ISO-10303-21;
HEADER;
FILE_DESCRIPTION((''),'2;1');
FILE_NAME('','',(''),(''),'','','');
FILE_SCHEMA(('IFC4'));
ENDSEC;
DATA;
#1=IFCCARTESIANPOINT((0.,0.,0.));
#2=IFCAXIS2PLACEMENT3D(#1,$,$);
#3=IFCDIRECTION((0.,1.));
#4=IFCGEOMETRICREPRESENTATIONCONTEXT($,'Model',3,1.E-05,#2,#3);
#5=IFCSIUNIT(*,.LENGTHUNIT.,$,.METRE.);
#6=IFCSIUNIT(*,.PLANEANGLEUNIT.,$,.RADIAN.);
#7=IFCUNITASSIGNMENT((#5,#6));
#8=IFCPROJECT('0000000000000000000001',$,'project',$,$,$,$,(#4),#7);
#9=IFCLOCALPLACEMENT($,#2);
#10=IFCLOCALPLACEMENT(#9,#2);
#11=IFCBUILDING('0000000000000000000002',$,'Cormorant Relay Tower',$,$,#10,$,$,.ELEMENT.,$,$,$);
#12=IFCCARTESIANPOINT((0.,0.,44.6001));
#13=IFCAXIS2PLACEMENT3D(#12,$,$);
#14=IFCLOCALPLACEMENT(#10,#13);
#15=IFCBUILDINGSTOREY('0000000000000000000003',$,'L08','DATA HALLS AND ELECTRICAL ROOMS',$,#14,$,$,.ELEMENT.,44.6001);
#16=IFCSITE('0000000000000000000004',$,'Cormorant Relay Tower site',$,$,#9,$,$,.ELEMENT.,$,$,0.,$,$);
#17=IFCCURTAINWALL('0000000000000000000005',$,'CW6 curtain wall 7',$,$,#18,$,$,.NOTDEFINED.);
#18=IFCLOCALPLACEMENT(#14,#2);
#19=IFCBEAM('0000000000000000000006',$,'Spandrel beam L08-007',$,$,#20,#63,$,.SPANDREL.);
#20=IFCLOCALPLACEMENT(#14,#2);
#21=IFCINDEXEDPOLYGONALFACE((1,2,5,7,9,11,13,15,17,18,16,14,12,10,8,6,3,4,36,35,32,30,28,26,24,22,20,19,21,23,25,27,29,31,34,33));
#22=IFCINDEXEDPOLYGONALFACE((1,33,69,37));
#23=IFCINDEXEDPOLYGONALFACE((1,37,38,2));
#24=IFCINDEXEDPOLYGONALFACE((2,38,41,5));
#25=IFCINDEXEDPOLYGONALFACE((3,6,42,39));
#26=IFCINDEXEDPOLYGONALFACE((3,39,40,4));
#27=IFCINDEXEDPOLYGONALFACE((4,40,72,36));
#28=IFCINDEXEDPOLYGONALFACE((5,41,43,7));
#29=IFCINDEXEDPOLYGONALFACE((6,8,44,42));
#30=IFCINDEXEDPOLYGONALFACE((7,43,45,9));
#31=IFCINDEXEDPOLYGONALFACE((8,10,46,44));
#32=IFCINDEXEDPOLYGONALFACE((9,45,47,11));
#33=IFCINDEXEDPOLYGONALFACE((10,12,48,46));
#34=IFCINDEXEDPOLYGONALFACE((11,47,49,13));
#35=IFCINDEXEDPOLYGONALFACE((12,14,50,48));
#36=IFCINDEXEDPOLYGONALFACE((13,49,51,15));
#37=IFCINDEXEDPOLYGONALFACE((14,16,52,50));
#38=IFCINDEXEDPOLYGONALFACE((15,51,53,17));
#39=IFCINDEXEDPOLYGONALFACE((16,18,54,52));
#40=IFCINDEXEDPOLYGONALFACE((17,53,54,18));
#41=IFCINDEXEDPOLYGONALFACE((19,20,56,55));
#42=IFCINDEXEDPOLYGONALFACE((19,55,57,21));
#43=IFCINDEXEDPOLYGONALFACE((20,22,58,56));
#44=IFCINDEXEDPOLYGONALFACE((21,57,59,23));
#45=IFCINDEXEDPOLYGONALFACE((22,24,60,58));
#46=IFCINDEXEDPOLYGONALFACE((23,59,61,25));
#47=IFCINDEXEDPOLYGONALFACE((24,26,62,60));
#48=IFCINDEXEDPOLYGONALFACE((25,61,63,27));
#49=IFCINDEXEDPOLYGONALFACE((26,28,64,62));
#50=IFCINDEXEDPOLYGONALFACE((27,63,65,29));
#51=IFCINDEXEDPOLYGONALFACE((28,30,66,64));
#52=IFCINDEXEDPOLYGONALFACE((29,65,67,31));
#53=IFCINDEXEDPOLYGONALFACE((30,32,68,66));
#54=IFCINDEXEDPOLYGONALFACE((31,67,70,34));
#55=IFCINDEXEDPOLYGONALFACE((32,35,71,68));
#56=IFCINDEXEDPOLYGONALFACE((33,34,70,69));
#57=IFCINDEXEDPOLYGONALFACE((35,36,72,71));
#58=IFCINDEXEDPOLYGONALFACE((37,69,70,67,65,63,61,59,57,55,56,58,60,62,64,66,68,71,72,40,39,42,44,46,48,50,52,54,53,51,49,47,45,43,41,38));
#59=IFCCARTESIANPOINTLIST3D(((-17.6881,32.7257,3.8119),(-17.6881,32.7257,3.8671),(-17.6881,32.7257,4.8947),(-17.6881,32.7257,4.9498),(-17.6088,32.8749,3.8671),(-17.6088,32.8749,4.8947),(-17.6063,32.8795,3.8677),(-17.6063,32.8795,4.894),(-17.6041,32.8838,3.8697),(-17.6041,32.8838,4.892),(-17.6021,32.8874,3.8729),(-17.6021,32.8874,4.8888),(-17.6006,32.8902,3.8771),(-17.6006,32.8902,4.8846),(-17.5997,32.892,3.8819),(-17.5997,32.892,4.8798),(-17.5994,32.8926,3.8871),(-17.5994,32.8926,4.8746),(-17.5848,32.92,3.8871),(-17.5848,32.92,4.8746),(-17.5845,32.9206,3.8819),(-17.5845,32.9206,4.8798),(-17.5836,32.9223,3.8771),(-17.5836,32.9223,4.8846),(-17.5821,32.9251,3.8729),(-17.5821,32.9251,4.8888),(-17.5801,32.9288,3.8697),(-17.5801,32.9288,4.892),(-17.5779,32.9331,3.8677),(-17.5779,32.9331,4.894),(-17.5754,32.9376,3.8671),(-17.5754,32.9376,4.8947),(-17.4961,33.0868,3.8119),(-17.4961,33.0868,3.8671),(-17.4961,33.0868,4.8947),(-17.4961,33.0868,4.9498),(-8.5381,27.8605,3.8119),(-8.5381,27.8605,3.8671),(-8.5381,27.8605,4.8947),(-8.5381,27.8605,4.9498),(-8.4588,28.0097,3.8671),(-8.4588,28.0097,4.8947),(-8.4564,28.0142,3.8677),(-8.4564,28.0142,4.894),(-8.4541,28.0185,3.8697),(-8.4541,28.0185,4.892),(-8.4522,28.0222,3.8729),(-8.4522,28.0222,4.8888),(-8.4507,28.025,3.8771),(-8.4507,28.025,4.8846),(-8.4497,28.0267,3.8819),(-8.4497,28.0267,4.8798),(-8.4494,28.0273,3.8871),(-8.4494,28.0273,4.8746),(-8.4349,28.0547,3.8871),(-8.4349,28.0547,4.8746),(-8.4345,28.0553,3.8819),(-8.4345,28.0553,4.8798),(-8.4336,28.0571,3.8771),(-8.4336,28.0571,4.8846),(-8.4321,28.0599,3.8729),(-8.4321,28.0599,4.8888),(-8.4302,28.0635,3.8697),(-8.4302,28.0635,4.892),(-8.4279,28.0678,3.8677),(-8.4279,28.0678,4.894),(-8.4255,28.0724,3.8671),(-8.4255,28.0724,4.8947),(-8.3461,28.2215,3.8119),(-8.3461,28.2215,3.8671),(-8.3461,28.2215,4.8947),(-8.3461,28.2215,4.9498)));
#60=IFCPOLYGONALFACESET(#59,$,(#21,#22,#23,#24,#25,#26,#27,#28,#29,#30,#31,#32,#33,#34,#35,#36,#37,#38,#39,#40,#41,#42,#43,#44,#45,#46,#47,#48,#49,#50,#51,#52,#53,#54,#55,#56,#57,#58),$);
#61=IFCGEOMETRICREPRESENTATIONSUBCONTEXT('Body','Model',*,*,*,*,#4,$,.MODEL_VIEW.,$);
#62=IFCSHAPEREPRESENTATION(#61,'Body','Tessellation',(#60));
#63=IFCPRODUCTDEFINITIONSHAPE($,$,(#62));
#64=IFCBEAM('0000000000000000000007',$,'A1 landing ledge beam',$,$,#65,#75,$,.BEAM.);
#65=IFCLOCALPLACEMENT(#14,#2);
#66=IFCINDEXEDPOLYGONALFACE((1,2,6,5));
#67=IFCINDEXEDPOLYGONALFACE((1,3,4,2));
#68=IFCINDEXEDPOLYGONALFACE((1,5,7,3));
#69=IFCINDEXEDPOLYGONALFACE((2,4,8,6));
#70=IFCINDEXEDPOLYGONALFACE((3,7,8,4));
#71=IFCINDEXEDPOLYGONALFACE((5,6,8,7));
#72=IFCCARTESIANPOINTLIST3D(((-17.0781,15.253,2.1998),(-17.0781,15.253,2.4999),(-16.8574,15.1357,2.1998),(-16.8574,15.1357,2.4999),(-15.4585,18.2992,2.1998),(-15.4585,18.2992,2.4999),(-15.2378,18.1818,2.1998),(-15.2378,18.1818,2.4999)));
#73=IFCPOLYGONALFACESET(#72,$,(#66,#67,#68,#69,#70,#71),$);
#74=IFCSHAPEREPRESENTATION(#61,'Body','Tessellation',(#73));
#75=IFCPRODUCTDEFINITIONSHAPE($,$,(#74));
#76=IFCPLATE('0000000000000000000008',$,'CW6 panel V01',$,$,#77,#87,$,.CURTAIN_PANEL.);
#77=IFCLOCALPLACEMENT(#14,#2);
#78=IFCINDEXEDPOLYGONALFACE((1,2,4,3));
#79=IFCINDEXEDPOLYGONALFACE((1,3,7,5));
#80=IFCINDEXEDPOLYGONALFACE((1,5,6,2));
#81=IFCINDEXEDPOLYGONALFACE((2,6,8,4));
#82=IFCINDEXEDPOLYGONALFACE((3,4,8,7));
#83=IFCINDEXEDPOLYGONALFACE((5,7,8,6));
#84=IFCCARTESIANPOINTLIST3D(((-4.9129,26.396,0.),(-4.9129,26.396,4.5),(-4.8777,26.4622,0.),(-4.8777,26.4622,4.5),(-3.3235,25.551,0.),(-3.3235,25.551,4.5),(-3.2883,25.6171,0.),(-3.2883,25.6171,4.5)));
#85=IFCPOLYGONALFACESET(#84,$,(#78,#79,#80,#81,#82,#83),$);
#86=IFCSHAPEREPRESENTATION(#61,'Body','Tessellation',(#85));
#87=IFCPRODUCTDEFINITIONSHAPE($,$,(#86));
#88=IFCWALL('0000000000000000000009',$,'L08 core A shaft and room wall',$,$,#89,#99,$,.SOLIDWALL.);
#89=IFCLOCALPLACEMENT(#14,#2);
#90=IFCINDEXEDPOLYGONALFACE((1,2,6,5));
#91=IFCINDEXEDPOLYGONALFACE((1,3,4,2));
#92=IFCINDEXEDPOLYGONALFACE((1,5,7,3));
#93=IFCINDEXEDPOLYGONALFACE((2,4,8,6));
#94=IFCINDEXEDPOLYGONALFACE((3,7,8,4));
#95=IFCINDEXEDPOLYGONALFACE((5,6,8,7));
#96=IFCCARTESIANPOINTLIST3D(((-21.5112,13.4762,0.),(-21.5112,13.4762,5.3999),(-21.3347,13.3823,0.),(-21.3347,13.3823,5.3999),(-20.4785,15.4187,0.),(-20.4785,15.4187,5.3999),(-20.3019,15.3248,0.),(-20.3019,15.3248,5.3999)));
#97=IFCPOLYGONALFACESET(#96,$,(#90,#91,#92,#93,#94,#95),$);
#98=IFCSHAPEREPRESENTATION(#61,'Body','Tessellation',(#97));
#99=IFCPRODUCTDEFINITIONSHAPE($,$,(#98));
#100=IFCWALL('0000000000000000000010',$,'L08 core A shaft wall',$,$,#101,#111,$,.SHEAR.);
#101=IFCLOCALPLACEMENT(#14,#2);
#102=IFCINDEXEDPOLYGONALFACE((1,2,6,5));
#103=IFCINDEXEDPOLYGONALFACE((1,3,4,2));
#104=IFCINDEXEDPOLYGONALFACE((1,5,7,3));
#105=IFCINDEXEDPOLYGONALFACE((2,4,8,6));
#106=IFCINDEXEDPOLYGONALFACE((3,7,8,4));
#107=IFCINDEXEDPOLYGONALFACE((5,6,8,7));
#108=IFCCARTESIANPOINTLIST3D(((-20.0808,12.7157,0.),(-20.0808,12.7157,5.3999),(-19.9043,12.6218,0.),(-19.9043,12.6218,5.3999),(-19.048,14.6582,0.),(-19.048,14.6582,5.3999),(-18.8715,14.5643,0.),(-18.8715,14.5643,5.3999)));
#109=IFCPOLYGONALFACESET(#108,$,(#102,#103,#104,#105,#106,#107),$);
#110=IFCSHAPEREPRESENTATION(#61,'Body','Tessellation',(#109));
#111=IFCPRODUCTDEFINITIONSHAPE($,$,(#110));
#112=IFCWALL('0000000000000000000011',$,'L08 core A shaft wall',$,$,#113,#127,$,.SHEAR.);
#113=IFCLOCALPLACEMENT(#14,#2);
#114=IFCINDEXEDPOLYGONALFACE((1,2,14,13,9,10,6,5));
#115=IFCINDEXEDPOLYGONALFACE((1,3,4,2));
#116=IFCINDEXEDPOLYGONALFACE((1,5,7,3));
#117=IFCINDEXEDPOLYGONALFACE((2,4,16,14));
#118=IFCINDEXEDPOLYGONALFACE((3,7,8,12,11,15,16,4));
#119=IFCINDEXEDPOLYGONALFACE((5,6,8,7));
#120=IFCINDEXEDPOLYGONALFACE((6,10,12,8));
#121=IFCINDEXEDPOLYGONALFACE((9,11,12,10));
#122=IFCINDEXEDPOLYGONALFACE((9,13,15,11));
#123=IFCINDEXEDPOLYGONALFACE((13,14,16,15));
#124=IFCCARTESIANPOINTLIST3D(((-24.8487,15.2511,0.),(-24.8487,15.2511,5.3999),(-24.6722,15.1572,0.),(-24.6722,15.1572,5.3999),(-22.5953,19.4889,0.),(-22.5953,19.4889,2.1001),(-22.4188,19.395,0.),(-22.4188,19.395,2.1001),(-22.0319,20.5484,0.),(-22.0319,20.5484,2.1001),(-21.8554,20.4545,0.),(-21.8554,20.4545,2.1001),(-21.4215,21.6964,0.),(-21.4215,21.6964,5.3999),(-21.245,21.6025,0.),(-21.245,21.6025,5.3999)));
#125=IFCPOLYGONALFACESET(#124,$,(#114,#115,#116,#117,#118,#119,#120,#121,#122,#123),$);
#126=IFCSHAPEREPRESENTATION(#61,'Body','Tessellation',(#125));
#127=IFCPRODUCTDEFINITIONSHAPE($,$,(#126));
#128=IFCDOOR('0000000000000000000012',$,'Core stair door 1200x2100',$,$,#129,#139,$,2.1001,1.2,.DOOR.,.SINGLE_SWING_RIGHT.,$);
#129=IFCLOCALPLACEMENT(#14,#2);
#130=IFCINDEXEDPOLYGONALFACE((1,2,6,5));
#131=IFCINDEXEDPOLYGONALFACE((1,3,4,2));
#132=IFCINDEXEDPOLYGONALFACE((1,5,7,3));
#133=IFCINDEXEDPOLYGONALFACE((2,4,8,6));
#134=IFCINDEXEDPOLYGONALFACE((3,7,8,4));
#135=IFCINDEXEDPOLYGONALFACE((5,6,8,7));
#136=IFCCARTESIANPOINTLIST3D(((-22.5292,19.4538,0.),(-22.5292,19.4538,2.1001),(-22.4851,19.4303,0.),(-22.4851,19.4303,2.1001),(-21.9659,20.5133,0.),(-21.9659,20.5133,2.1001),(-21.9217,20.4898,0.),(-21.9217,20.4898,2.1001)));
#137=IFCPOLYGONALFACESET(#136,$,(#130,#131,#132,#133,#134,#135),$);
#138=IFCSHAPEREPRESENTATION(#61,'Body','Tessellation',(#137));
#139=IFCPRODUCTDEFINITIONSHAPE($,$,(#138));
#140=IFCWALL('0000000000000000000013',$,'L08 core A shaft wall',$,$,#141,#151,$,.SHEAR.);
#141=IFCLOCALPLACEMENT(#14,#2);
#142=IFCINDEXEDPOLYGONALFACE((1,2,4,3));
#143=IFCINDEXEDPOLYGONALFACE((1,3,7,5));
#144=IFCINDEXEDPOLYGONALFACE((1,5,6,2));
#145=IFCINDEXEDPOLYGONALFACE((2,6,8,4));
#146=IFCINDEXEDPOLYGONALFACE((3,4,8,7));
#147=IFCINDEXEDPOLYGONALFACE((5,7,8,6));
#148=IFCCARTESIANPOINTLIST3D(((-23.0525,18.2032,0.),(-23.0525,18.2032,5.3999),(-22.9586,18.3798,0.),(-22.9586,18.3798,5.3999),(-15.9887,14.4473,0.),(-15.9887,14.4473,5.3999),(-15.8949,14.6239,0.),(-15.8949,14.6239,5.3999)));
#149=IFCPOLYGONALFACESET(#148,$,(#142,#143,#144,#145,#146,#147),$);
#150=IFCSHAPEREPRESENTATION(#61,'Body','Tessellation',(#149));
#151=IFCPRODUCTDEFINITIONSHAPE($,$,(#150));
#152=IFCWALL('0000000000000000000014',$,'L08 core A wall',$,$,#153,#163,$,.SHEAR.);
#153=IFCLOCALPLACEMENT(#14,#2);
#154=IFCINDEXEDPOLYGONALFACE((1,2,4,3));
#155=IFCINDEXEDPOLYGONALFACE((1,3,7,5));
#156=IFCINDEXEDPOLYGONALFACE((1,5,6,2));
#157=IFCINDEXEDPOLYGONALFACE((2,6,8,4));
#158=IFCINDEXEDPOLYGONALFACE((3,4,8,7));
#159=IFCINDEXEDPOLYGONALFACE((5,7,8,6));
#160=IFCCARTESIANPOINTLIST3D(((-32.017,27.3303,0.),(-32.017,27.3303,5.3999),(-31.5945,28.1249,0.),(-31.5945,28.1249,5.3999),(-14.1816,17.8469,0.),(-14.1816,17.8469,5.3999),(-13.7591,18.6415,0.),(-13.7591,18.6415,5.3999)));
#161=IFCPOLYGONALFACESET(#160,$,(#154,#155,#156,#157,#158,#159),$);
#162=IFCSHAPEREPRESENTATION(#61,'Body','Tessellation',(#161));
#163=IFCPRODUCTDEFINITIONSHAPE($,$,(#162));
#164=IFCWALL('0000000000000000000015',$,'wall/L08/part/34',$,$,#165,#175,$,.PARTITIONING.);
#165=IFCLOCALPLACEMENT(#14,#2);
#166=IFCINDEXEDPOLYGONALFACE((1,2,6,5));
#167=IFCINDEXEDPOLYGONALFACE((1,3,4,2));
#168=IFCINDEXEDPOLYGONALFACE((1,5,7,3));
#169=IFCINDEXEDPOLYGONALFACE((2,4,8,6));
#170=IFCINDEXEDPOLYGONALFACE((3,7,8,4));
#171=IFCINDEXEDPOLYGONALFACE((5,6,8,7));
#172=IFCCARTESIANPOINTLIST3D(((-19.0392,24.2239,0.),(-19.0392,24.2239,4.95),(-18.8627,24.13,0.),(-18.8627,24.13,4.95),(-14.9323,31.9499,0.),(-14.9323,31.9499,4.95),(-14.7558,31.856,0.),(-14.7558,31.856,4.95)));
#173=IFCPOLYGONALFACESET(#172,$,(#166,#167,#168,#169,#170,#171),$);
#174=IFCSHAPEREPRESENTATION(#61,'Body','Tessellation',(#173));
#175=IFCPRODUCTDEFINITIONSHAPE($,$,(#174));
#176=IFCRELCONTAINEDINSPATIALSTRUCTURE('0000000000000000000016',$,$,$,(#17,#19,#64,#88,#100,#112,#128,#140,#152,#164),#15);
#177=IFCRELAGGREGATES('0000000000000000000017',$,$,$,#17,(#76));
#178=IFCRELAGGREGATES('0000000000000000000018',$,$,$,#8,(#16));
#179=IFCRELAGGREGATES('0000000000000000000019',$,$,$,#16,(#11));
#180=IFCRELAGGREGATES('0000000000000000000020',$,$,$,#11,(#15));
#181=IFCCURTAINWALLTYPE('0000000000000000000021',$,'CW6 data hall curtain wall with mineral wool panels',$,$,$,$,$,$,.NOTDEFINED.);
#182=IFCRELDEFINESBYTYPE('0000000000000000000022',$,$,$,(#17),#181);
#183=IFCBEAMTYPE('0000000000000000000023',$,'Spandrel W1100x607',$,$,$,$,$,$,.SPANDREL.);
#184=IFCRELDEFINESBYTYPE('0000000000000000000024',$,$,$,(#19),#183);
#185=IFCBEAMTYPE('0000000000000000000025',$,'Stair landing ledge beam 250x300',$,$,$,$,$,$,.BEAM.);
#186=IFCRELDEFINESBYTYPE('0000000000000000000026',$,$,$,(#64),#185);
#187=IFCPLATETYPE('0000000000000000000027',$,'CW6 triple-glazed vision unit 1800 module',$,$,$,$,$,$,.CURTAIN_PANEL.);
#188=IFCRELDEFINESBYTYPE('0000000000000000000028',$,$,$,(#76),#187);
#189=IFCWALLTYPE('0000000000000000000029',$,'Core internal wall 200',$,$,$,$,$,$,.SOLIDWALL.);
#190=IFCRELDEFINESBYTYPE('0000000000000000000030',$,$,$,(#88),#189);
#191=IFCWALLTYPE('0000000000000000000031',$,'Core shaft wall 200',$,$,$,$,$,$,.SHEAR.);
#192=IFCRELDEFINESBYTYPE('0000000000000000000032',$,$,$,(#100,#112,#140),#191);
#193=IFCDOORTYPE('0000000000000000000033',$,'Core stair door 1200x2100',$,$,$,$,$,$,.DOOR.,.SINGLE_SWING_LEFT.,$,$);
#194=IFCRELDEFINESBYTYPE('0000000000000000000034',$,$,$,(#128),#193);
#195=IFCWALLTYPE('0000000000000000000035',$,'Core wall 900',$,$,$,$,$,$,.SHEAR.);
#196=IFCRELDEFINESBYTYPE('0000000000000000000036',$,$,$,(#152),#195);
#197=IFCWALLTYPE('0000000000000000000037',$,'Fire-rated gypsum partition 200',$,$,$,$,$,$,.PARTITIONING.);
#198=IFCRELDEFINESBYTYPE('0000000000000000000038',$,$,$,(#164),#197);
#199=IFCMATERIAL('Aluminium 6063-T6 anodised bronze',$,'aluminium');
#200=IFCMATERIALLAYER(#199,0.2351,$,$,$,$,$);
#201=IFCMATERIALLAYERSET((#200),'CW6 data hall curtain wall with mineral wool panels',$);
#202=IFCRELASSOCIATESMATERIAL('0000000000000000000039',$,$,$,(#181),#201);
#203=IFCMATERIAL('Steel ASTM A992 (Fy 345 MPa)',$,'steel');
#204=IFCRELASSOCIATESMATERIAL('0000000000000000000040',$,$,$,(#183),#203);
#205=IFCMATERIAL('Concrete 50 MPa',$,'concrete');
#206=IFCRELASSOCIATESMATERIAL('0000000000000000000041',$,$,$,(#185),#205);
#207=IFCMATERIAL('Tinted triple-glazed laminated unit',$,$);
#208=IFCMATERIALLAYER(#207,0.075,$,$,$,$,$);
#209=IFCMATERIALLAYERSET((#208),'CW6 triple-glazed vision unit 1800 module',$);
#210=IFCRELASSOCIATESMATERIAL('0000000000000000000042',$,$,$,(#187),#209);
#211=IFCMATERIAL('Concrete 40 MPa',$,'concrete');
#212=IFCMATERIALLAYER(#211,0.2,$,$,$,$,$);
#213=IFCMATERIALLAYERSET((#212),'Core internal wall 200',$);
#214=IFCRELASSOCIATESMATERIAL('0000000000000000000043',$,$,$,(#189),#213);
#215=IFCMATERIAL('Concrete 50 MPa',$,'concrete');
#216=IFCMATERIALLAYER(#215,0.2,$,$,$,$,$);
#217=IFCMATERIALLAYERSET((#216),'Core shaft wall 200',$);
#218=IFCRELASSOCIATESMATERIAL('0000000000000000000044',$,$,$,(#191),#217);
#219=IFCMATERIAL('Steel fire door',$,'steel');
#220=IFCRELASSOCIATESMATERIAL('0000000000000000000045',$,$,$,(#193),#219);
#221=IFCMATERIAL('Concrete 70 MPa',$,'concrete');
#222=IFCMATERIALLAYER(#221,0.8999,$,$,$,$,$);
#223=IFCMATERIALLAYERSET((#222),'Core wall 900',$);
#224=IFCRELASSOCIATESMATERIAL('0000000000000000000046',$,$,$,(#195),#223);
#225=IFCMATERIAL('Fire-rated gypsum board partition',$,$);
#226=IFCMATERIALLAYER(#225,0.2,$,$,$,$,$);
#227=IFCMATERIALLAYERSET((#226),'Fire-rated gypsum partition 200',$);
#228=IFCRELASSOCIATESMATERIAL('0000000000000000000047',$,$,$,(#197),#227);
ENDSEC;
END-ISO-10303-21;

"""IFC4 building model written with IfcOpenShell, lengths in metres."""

from ifc_helpers import new_model, si_unit, direction, frame, frame_2d, origin, origin_2d, place, context, subcontext, project, spatial, rectangle, i_section, extrude, material, layer, layer_set, material_profile, profile_set, type_object, element, fill, aggregate, save


model = new_model("IFC4")

# Units and contexts
model_context = context("Model", 3, precision=1e-05, world=origin(), true_north=direction((0.0, 1.0)))
body_context = subcontext(model_context, "Body", "Model", "MODEL_VIEW")
ifc_project = project(units=[si_unit("LENGTHUNIT", "METRE"), si_unit("PLANEANGLEUNIT", "RADIAN")], contexts=[model_context])

# Site, building, storey
site_placement = place(None, origin())
site = spatial("IfcSite", under=ifc_project, at=site_placement, Name="Cormorant Relay Tower site", CompositionType="ELEMENT", RefElevation=0.0)
building_placement = place(site_placement, origin())
building = spatial("IfcBuilding", under=site, at=building_placement, Name="Cormorant Relay Tower", CompositionType="ELEMENT")
storey_placement = place(building_placement, frame((0.0, 0.0, 44.6001)))
storey = spatial("IfcBuildingStorey", under=building, at=storey_placement, Name="L08", Description="DATA HALLS AND ELECTRICAL ROOMS", CompositionType="ELEMENT", Elevation=44.6001)

# Curtain wall
ifc_material_1 = material(Name="Aluminium 6063-T6 anodised bronze", Category="aluminium")
ifc_layer_1 = layer(ifc_material_1, 0.2351)
ifc_layer_set_1 = layer_set([ifc_layer_1], Name="CW6 data hall curtain wall with mineral wool panels")
curtain_wall_type = type_object("IfcCurtainWallType", Name="CW6 data hall curtain wall with mineral wool panels", PredefinedType="NOTDEFINED", material=ifc_layer_set_1)
curtain_wall_placement = place(storey_placement, origin())
curtain_wall = element("IfcCurtainWall", 1, at=curtain_wall_placement, inside=storey, type_object=curtain_wall_type, Name="CW6 curtain wall 7", PredefinedType="NOTDEFINED")

# Beams
ifc_material_2 = material(Name="Steel ASTM A992 (Fy 345 MPa)", Category="steel")
ifc_material_profile_1 = material_profile(ifc_material_2, i_section(OverallWidth=0.4089, OverallDepth=1.1379, WebThickness=0.031, FlangeThickness=0.0552, FilletRadius=0.02, at=origin_2d()), Name="W1100x607")
ifc_profile_set_1 = profile_set([ifc_material_profile_1], Name="Steel ASTM A992 (Fy 345 MPa)")
beam_type_1 = type_object("IfcBeamType", Name="Spandrel W1100x607", PredefinedType="SPANDREL", material=ifc_profile_set_1)
beam_1_placement = place(storey_placement, frame((-8.4421, 28.041, 4.3809), z_axis=(-0.882942, 0.469482, 0.0), x_axis=(-0.469482, -0.882942, 0.0)))
element("IfcBeam", 2, at=beam_1_placement, inside=storey, type_object=beam_type_1, Name="Spandrel beam L08-007", PredefinedType="SPANDREL", context=body_context, shape_type="SweptSolid", body=[
    extrude(i_section(OverallWidth=0.4089, OverallDepth=1.1379, WebThickness=0.031, FlangeThickness=0.0552, FilletRadius=0.02, at=origin_2d()), origin(), (0.0, 0.0, 1.0), 10.363),
])
ifc_material_3 = material(Name="Concrete 50 MPa", Category="concrete")
ifc_material_profile_2 = material_profile(ifc_material_3, rectangle(XDim=0.25, YDim=0.3, at=origin_2d()), Name="RC 250x300")
ifc_profile_set_2 = profile_set([ifc_material_profile_2], Name="Concrete 50 MPa")
beam_type_2 = type_object("IfcBeamType", Name="Stair landing ledge beam 250x300", PredefinedType="BEAM", material=ifc_profile_set_2)
beam_2_placement = place(storey_placement, frame((-16.9678, 15.1943, 2.3499), z_axis=(0.469464, 0.882952, 0.0), x_axis=(-0.882952, 0.469464, 0.0)))
element("IfcBeam", 3, at=beam_2_placement, inside=storey, type_object=beam_type_2, Name="A1 landing ledge beam", PredefinedType="BEAM", context=body_context, shape_type="SweptSolid", body=[
    extrude(rectangle(XDim=0.25, YDim=0.3, at=origin_2d()), origin(), (0.0, 0.0, 1.0), 3.45),
])

# Plate
ifc_material_4 = material(Name="Tinted triple-glazed laminated unit")
ifc_layer_2 = layer(ifc_material_4, 0.075)
ifc_layer_set_2 = layer_set([ifc_layer_2], Name="CW6 triple-glazed vision unit 1800 module")
plate_type = type_object("IfcPlateType", Name="CW6 triple-glazed vision unit 1800 module", PredefinedType="CURTAIN_PANEL", material=ifc_layer_set_2)
plate_placement = place(storey_placement, frame((-4.1006, 26.0066, 0.0), z_axis=(0.0, 0.0, 1.0), x_axis=(-0.882948, 0.469472, 0.0)))
plate = element("IfcPlate", 4, at=plate_placement, type_object=plate_type, Name="CW6 panel V01", PredefinedType="CURTAIN_PANEL", context=body_context, shape_type="SweptSolid", body=[
    extrude(rectangle(XDim=1.8, YDim=0.075, at=origin_2d()), origin(), (0.0, 0.0, 1.0), 4.5),
])

# Walls
ifc_material_5 = material(Name="Concrete 40 MPa", Category="concrete")
ifc_layer_3 = layer(ifc_material_5, 0.2)
ifc_layer_set_3 = layer_set([ifc_layer_3], Name="Core internal wall 200")
wall_type_1 = type_object("IfcWallType", Name="Core internal wall 200", PredefinedType="SOLIDWALL", material=ifc_layer_set_3)
wall_1_placement = place(storey_placement, frame((-20.3901, 15.3718, 0.0), z_axis=(0.0, 0.0, 1.0), x_axis=(-0.469447, -0.88296, 0.0)))
element("IfcWall", 5, at=wall_1_placement, inside=storey, type_object=wall_type_1, Name="L08 core A shaft and room wall", PredefinedType="SOLIDWALL", context=body_context, shape_type="SweptSolid", body=[
    extrude(rectangle(XDim=2.2, YDim=0.2, at=frame_2d((1.1001, 0.0))), origin(), (0.0, 0.0, 1.0), 5.3999),
])
ifc_material_6 = material(Name="Concrete 50 MPa", Category="concrete")
ifc_layer_4 = layer(ifc_material_6, 0.2)
ifc_layer_set_4 = layer_set([ifc_layer_4], Name="Core shaft wall 200")
wall_type_2 = type_object("IfcWallType", Name="Core shaft wall 200", PredefinedType="SHEAR", material=ifc_layer_set_4)
wall_2_placement = place(storey_placement, frame((-18.9597, 14.6113, 0.0), z_axis=(0.0, 0.0, 1.0), x_axis=(-0.469447, -0.88296, 0.0)))
element("IfcWall", 6, at=wall_2_placement, inside=storey, type_object=wall_type_2, Name="L08 core A shaft wall", PredefinedType="SHEAR", context=body_context, shape_type="SweptSolid", body=[
    extrude(rectangle(XDim=2.2, YDim=0.2, at=frame_2d((1.1001, 0.0))), origin(), (0.0, 0.0, 1.0), 5.3999),
])

# Wall, opening, door
wall_3_placement = place(storey_placement, frame((-21.3333, 21.6494, 0.0), z_axis=(0.0, 0.0, 1.0), x_axis=(-0.469494, -0.882936, 0.0)))
wall_3 = element("IfcWall", 7, at=wall_3_placement, inside=storey, type_object=wall_type_2, Name="L08 core A shaft wall", PredefinedType="SHEAR", context=body_context, shape_type="SweptSolid", body=[
    extrude(rectangle(XDim=7.2998, YDim=0.2, at=frame_2d((3.6499, 0.0))), origin(), (0.0, 0.0, 1.0), 5.3999),
])
opening_1_placement = place(wall_3_placement, frame((1.3, 0.0, 0.0)))
opening_1 = element("IfcOpeningElement", 8, at=opening_1_placement, cuts=wall_3, PredefinedType="OPENING", context=body_context, shape_type="SweptSolid", body=[
    extrude(rectangle(XDim=1.2, YDim=2.1001, at=frame_2d((0.6001, 1.05))), frame((0.0, 0.1099, 0.0), z_axis=(0.0, -1.0, 0.0), x_axis=(1.0, 0.0, 0.0)), (0.0, 0.0, 1.0), 0.22),
])
ifc_material_7 = material(Name="Steel fire door", Category="steel")
door_type_1 = type_object("IfcDoorType", Name="Core stair door 1200x2100", OperationType="SINGLE_SWING_LEFT", PredefinedType="DOOR", material=ifc_material_7)
door_1_placement = place(opening_1_placement, origin())
door_1 = element("IfcDoor", 9, at=door_1_placement, inside=storey, type_object=door_type_1, Name="Core stair door 1200x2100", OperationType="SINGLE_SWING_RIGHT", OverallHeight=2.1001, OverallWidth=1.2, PredefinedType="DOOR", context=body_context, shape_type="SweptSolid", body=[
    extrude(rectangle(XDim=1.2, YDim=2.1001, at=frame_2d((0.6001, 1.05))), frame((0.0, 0.0249, 0.0), z_axis=(0.0, -1.0, 0.0), x_axis=(1.0, 0.0, 0.0)), (0.0, 0.0, 1.0), 0.05),
])
fill(opening_1, door_1)

# Wall
wall_4_placement = place(storey_placement, frame((-15.9419, 14.5356, 0.0), z_axis=(0.0, 0.0, 1.0), x_axis=(-0.882947, 0.469473, 0.0)))
element("IfcWall", 10, at=wall_4_placement, inside=storey, type_object=wall_type_2, Name="L08 core A shaft wall", PredefinedType="SHEAR", context=body_context, shape_type="SweptSolid", body=[
    extrude(rectangle(XDim=8.0002, YDim=0.2, at=frame_2d((4.0, 0.0))), origin(), (0.0, 0.0, 1.0), 5.3999),
])

# Shared definitions
ifc_material_8 = material(Name="Concrete 70 MPa", Category="concrete")
ifc_layer_5 = layer(ifc_material_8, 0.8999)
ifc_layer_set_5 = layer_set([ifc_layer_5], Name="Core wall 900")
wall_type_3 = type_object("IfcWallType", Name="Core wall 900", PredefinedType="SHEAR", material=ifc_layer_set_5)

# Walls
wall_5_placement = place(storey_placement, frame((-13.9702, 18.2441, 0.0), z_axis=(0.0, 0.0, 1.0), x_axis=(-0.882945, 0.469476, 0.0)))
element("IfcWall", 11, at=wall_5_placement, inside=storey, type_object=wall_type_3, Name="L08 core A wall", PredefinedType="SHEAR", context=body_context, shape_type="SweptSolid", body=[
    extrude(rectangle(XDim=20.2, YDim=0.8999, at=frame_2d((10.1001, 0.0))), origin(), (0.0, 0.0, 1.0), 5.3999),
])
ifc_material_9 = material(Name="Fire-rated gypsum board partition")
ifc_layer_6 = layer(ifc_material_9, 0.2)
ifc_layer_set_6 = layer_set([ifc_layer_6], Name="Fire-rated gypsum partition 200")
wall_type_4 = type_object("IfcWallType", Name="Fire-rated gypsum partition 200", PredefinedType="PARTITIONING", material=ifc_layer_set_6)
wall_6_placement = place(storey_placement, frame((-14.844, 31.9031, 0.0), z_axis=(0.0, 0.0, 1.0), x_axis=(-0.469374, -0.882999, 0.0)))
element("IfcWall", 12, at=wall_6_placement, inside=storey, type_object=wall_type_4, Name="wall/L08/part/34", PredefinedType="PARTITIONING", context=body_context, shape_type="SweptSolid", body=[
    extrude(rectangle(XDim=8.7498, YDim=0.2, at=frame_2d((4.375, 0.0))), origin(), (0.0, 0.0, 1.0), 4.95),
])

aggregate(curtain_wall, [plate])

save(model, "model.ifc")
